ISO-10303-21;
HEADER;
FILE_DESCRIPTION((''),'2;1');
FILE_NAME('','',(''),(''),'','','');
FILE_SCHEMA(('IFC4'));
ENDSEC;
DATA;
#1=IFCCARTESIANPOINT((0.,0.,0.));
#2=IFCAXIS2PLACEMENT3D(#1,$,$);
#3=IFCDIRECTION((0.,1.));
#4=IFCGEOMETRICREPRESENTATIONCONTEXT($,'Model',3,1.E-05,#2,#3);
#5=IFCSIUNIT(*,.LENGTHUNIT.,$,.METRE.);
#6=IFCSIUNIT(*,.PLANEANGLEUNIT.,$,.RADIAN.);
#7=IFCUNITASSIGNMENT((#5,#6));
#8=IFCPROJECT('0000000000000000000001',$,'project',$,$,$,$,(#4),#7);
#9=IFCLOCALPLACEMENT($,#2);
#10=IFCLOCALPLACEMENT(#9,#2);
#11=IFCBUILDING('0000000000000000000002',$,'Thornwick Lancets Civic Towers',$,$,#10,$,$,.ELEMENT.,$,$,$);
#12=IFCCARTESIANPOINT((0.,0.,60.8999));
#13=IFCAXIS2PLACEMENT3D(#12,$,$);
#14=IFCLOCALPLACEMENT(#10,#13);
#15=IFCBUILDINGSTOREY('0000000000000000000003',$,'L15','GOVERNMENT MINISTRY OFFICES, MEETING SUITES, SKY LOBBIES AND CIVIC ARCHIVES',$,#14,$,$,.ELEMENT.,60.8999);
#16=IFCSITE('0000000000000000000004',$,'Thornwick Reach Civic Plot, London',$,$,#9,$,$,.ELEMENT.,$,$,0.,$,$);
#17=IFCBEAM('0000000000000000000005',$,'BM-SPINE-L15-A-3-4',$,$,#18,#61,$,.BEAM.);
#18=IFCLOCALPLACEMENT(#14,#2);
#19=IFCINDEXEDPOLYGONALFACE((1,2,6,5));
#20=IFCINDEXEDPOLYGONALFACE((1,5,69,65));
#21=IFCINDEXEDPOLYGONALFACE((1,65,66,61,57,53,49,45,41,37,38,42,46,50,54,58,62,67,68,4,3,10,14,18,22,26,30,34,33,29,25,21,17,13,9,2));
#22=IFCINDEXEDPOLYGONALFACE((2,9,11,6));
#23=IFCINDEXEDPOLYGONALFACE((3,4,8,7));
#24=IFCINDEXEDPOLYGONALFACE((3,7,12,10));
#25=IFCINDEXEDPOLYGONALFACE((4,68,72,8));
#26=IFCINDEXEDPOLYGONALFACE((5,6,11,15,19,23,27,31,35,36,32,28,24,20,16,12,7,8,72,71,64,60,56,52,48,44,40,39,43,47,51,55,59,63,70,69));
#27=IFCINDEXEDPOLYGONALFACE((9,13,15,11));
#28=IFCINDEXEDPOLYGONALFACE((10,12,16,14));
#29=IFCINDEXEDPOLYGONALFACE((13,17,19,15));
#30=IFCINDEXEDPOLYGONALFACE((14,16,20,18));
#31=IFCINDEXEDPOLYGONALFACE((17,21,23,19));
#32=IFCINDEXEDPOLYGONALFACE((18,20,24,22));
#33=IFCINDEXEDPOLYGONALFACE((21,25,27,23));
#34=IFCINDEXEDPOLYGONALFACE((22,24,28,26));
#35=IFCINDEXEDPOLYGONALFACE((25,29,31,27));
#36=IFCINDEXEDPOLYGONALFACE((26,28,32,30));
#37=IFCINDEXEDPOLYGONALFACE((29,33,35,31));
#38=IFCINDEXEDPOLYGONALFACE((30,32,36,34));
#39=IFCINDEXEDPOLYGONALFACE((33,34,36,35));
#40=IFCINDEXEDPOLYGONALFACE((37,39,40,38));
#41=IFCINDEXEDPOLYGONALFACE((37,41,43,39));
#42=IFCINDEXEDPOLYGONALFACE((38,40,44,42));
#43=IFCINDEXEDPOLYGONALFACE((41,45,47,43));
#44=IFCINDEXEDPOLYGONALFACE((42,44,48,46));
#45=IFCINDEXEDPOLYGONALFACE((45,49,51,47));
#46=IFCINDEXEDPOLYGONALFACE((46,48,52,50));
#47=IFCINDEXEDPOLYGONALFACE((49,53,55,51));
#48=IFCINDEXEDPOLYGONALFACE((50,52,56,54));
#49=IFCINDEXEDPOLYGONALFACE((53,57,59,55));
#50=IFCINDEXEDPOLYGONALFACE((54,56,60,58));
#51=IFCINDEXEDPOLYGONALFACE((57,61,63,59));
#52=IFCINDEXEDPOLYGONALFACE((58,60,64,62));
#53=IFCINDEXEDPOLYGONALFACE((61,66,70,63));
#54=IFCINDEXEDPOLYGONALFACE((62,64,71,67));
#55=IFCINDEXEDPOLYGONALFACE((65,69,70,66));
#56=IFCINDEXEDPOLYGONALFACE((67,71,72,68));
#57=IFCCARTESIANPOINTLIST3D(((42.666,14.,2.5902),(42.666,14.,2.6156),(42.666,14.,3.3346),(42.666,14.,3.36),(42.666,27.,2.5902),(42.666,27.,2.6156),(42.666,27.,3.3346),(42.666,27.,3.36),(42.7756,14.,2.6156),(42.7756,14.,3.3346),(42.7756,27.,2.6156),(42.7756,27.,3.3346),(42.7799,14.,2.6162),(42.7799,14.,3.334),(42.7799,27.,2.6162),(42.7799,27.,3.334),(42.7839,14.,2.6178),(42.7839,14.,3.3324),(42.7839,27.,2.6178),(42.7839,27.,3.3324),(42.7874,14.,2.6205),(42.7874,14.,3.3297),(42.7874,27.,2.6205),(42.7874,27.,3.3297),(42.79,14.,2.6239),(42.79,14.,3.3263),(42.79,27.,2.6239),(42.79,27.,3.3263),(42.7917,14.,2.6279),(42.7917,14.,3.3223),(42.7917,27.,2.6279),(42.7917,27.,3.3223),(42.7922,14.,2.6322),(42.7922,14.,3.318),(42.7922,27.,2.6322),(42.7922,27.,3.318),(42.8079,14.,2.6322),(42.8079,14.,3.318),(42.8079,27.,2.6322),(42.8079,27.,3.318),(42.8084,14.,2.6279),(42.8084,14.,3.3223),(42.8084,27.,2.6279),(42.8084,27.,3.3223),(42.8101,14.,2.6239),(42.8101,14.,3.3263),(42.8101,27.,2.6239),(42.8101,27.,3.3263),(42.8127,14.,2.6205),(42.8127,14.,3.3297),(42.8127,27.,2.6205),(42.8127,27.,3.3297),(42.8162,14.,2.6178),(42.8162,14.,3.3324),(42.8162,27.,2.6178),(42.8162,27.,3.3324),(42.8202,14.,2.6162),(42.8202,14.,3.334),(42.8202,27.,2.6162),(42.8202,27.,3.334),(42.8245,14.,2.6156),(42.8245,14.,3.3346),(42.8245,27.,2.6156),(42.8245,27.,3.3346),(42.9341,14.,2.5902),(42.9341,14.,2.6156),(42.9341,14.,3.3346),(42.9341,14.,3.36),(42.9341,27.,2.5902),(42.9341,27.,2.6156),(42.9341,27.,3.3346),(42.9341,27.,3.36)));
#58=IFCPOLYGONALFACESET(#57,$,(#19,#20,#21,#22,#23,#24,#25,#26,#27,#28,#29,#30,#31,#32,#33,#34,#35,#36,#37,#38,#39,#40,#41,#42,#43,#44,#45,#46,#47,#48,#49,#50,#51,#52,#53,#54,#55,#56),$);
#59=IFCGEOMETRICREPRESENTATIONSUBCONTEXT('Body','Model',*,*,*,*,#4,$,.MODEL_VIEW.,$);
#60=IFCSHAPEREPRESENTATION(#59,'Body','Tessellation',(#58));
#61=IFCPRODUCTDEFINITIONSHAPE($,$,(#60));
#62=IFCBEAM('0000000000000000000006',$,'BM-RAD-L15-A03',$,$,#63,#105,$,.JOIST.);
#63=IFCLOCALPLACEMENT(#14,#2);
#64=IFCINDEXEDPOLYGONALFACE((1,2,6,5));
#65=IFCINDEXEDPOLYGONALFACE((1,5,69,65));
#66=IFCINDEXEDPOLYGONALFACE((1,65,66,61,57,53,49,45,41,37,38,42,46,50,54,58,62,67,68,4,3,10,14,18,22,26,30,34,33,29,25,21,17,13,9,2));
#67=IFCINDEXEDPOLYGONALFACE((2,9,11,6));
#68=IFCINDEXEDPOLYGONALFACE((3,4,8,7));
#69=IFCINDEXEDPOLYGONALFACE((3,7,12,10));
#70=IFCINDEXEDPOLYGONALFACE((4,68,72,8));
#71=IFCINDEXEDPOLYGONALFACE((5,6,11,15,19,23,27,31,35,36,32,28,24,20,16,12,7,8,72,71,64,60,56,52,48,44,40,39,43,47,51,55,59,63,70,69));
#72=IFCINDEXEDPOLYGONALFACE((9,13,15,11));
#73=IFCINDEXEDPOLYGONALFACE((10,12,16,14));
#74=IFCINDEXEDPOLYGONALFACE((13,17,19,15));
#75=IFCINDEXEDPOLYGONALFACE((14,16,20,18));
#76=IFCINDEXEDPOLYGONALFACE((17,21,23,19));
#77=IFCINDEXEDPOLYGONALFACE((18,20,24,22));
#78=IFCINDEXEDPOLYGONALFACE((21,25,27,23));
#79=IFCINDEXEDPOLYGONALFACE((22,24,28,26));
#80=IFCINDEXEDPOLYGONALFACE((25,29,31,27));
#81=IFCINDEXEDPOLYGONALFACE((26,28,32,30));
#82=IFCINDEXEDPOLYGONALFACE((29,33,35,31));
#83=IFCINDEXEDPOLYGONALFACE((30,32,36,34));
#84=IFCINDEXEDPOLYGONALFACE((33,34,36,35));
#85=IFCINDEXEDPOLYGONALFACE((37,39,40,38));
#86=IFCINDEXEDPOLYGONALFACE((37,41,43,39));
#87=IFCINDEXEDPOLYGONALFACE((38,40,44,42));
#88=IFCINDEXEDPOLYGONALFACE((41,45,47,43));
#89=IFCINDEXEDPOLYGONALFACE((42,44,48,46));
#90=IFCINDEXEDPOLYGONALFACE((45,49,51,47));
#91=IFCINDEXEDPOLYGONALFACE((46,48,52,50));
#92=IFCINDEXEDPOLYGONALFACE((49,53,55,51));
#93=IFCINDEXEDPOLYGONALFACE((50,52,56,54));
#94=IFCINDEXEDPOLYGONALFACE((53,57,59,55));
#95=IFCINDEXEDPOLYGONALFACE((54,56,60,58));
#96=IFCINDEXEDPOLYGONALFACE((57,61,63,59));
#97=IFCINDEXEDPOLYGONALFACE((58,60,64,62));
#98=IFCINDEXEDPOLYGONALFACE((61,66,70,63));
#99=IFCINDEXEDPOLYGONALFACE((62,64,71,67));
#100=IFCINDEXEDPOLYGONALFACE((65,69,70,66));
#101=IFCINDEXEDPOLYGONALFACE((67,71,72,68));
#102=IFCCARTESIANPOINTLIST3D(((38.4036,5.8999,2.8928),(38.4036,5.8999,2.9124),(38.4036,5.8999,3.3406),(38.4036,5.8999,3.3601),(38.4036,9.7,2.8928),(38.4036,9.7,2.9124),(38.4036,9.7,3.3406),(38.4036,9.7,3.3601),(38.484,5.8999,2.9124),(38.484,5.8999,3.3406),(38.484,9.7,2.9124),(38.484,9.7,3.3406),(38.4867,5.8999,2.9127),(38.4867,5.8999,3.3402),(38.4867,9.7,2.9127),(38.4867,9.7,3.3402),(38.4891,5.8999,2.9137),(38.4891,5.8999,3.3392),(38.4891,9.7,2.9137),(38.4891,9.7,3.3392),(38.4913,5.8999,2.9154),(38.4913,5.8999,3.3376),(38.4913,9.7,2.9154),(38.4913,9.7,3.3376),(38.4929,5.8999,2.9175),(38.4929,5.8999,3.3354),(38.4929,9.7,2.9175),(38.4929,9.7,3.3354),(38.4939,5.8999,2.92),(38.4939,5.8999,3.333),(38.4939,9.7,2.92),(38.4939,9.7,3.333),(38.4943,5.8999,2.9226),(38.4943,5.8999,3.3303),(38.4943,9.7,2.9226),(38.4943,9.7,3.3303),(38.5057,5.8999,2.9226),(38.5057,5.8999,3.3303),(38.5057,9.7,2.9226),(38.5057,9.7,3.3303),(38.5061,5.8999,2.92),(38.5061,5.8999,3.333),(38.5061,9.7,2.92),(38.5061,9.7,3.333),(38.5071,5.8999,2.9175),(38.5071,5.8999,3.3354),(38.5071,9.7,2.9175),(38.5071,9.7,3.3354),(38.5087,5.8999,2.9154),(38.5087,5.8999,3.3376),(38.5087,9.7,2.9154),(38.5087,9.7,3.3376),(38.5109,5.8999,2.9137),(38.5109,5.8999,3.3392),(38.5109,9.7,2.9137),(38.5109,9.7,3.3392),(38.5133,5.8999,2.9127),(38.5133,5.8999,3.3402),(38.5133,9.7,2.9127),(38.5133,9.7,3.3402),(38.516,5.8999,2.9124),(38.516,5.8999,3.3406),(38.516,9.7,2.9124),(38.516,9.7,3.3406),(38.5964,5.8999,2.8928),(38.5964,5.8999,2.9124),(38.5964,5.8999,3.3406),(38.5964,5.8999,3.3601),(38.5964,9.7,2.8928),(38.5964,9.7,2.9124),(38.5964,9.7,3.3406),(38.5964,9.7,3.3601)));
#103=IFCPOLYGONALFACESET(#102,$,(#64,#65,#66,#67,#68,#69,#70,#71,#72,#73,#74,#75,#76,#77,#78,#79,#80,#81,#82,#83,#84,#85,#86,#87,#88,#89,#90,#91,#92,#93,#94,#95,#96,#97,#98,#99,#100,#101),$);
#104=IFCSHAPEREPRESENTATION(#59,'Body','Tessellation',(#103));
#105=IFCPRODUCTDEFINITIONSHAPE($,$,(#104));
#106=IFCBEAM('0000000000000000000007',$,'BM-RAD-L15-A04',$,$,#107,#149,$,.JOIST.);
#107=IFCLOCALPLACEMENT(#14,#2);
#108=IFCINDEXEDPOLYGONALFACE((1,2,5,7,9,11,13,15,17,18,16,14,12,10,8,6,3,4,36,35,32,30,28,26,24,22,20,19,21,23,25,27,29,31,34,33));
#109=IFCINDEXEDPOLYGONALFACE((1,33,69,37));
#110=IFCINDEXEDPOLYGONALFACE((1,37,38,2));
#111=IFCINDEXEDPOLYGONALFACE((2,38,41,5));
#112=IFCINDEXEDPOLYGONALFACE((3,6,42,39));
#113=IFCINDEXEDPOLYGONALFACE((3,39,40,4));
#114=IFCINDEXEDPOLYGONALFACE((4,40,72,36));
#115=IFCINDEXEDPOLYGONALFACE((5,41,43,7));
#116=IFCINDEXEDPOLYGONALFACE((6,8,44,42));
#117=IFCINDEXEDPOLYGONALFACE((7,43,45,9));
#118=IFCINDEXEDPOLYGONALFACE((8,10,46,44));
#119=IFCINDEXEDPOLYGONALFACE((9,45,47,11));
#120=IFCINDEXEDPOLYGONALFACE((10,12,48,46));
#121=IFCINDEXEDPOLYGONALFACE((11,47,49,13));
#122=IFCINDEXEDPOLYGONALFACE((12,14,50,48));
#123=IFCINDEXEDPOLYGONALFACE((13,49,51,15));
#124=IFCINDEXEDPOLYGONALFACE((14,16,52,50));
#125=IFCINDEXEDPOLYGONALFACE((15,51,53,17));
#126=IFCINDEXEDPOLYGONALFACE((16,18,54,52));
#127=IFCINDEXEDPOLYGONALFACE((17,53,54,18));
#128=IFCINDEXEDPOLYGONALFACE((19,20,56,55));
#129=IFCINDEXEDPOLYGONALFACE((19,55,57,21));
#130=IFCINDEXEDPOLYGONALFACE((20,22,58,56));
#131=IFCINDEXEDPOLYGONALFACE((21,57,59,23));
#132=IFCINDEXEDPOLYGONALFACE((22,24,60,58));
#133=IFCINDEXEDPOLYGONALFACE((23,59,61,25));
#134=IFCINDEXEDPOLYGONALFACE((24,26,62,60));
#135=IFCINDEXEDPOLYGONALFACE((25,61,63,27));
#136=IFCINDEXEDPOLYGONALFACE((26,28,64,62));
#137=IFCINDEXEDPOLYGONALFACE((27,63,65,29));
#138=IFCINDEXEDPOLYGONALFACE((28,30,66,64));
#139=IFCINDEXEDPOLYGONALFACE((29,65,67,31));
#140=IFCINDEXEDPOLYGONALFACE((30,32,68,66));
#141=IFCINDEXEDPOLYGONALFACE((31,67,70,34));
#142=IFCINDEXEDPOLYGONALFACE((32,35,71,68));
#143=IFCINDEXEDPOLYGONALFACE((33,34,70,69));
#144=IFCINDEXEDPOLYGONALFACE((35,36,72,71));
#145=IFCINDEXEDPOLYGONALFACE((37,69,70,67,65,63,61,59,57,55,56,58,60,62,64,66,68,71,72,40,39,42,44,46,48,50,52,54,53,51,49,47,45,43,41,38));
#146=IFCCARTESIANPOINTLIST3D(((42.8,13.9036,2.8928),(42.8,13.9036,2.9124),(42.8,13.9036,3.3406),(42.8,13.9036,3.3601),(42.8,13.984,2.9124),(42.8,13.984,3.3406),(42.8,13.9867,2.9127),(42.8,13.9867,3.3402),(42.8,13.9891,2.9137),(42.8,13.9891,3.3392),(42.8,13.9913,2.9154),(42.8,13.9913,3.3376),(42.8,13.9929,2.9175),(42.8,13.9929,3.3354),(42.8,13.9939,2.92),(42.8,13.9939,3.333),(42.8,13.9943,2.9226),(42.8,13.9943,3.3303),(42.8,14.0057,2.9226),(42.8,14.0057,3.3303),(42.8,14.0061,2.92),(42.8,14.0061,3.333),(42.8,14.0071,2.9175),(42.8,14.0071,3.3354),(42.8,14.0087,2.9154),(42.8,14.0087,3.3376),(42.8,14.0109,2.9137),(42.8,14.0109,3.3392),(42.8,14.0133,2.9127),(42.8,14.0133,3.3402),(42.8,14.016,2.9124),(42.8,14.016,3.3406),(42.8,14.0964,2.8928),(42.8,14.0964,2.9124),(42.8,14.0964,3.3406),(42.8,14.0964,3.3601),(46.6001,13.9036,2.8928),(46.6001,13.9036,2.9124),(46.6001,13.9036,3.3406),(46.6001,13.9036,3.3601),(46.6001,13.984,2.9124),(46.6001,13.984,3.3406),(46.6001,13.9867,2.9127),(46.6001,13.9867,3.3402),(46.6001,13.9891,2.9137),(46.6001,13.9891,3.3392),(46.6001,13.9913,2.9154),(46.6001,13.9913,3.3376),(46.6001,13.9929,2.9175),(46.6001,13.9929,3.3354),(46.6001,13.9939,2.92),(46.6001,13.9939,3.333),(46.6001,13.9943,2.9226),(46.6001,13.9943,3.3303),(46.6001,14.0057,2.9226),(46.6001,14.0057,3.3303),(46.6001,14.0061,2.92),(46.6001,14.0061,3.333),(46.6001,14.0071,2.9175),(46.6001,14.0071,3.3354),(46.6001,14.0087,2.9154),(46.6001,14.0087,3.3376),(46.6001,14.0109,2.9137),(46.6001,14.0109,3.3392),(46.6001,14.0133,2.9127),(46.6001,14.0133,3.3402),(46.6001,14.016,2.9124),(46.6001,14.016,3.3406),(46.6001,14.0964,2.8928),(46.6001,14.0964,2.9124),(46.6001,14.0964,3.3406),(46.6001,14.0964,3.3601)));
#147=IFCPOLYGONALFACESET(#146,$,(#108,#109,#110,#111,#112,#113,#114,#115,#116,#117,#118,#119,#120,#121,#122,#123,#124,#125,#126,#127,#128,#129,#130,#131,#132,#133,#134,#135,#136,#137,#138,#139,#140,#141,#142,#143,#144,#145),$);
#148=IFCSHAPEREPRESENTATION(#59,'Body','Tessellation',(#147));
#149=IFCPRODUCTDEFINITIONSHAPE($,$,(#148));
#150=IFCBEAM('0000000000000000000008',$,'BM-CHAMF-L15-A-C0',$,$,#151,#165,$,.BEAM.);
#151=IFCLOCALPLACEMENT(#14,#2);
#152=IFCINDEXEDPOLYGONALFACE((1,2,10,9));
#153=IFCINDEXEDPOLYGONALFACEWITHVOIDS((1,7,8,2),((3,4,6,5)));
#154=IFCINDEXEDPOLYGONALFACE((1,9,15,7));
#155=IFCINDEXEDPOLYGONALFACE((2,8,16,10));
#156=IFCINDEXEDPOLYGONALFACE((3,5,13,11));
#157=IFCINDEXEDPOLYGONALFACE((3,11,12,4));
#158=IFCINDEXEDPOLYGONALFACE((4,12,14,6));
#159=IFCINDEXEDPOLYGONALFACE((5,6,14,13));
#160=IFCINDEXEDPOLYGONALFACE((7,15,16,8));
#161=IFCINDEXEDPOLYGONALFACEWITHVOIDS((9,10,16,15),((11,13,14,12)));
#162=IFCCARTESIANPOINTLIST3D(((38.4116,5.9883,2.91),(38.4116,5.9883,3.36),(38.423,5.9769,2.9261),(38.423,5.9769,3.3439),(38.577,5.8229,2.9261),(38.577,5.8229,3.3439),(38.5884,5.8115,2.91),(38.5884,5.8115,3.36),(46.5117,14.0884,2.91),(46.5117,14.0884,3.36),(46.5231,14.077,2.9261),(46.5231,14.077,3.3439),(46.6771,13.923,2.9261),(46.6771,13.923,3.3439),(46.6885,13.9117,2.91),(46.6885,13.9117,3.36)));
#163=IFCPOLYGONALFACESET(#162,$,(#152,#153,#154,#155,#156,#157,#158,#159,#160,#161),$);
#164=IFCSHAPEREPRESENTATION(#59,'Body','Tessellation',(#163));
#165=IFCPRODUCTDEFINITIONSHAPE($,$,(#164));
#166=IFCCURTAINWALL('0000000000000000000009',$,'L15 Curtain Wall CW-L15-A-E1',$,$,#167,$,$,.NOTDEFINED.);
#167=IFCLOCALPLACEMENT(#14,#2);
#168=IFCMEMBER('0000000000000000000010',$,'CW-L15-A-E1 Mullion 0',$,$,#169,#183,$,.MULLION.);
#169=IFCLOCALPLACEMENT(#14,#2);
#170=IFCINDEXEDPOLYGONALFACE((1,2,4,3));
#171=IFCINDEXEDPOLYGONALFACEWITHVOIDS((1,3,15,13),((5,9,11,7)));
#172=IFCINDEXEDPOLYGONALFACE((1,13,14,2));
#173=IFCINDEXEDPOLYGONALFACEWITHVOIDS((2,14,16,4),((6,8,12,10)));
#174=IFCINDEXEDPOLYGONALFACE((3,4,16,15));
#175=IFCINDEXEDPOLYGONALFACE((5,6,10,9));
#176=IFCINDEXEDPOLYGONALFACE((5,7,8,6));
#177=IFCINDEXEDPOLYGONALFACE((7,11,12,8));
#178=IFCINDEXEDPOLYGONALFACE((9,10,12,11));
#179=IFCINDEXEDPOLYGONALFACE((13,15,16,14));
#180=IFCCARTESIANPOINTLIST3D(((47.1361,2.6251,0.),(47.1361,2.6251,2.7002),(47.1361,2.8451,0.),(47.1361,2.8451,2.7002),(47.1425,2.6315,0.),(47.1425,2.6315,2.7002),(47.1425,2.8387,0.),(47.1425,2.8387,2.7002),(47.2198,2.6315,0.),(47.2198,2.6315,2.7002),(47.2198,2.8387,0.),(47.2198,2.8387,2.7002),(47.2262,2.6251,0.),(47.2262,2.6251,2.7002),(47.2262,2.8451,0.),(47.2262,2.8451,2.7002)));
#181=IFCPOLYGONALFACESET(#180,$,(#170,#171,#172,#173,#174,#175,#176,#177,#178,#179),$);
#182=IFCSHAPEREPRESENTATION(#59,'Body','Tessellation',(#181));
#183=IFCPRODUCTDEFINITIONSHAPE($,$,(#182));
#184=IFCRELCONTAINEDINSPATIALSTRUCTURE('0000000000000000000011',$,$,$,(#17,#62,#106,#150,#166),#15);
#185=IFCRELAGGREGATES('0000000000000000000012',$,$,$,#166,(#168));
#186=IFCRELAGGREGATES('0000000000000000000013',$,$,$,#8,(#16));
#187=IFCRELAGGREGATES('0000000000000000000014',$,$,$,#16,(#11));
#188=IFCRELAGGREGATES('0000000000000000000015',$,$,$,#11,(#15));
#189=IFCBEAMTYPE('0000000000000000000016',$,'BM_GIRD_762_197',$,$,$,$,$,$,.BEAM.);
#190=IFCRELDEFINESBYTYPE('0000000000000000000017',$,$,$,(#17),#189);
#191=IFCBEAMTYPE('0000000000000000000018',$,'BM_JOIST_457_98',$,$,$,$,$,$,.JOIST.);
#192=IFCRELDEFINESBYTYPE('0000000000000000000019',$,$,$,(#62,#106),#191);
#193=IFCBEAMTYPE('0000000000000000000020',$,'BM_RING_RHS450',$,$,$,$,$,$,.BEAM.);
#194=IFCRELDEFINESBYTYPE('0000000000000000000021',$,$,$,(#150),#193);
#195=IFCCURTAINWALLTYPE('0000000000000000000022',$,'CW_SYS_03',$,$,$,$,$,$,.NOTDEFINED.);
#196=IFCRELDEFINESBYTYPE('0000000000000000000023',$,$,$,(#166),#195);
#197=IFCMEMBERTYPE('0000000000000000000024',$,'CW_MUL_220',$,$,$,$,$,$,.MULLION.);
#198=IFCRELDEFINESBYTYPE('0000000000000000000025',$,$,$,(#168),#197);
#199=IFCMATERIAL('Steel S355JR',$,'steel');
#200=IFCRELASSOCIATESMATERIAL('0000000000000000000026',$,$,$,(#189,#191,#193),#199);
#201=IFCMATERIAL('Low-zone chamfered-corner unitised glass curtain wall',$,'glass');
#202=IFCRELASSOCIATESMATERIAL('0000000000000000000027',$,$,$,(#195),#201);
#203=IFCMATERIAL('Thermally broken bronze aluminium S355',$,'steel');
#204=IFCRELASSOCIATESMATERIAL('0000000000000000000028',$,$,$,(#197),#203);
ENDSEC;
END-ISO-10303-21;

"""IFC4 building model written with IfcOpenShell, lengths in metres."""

from ifc_helpers import new_model, si_unit, direction, frame, origin, origin_2d, place, context, subcontext, project, spatial, hollow_rectangle, i_section, extrude, material, material_profile, profile_set, type_object, element, aggregate, save


model = new_model("IFC4")

# Units and contexts
model_context = context("Model", 3, precision=1e-05, world=origin(), true_north=direction((0.0, 1.0)))
body_context = subcontext(model_context, "Body", "Model", "MODEL_VIEW")
ifc_project = project(units=[si_unit("LENGTHUNIT", "METRE"), si_unit("PLANEANGLEUNIT", "RADIAN")], contexts=[model_context])

# Site, building, storey
site_placement = place(None, origin())
site = spatial("IfcSite", under=ifc_project, at=site_placement, Name="Thornwick Reach Civic Plot, London", CompositionType="ELEMENT", RefElevation=0.0)
building_placement = place(site_placement, origin())
building = spatial("IfcBuilding", under=site, at=building_placement, Name="Thornwick Lancets Civic Towers", CompositionType="ELEMENT")
storey_placement = place(building_placement, frame((0.0, 0.0, 60.8999)))
storey = spatial("IfcBuildingStorey", under=building, at=storey_placement, Name="L15", Description="GOVERNMENT MINISTRY OFFICES, MEETING SUITES, SKY LOBBIES AND CIVIC ARCHIVES", CompositionType="ELEMENT", Elevation=60.8999)

# Beams
ifc_material_1 = material(Name="Steel S355JR", Category="steel")
ifc_material_profile_1 = material_profile(ifc_material_1, i_section(OverallWidth=0.2681, OverallDepth=0.7698, WebThickness=0.0156, FlangeThickness=0.0254, FilletRadius=0.0166, at=origin_2d()), Name="UKB 762x267x197")
ifc_profile_set_1 = profile_set([ifc_material_profile_1], Name="Steel S355JR")
beam_type_1 = type_object("IfcBeamType", Name="BM_GIRD_762_197", PredefinedType="BEAM", material=ifc_profile_set_1)
beam_1_placement = place(storey_placement, frame((42.8, 14.0, 2.9751), z_axis=(0.0, 1.0, 0.0), x_axis=(-1.0, 0.0, 0.0)))
element("IfcBeam", 1, at=beam_1_placement, inside=storey, type_object=beam_type_1, Name="BM-SPINE-L15-A-3-4", PredefinedType="BEAM", context=body_context, shape_type="SweptSolid", body=[
    extrude(i_section(OverallWidth=0.2681, OverallDepth=0.7698, WebThickness=0.0156, FlangeThickness=0.0254, FilletRadius=0.0166, at=origin_2d()), origin(), (0.0, 0.0, 1.0), 13.0),
])
ifc_material_profile_2 = material_profile(ifc_material_1, i_section(OverallWidth=0.1929, OverallDepth=0.4673, WebThickness=0.0115, FlangeThickness=0.0195, FilletRadius=0.0103, at=origin_2d()), Name="UKB 457x191x98")
ifc_profile_set_2 = profile_set([ifc_material_profile_2], Name="Steel S355JR")
beam_type_2 = type_object("IfcBeamType", Name="BM_JOIST_457_98", PredefinedType="JOIST", material=ifc_profile_set_2)
for number, where, z_axis, x_axis, name in (
    (2, (38.5, 9.7, 3.1265), (0.0, -1.0, 0.0), (1.0, 0.0, 0.0), "BM-RAD-L15-A03"),
    (3, (42.8, 14.0, 3.1265), (1.0, 0.0, 0.0), (0.0, 1.0, 0.0), "BM-RAD-L15-A04"),
):
    element("IfcBeam", number, at=place(storey_placement, frame(where, z_axis=z_axis, x_axis=x_axis)), inside=storey, type_object=beam_type_2, Name=name, PredefinedType="JOIST", context=body_context, shape_type="SweptSolid", body=[
        extrude(i_section(OverallWidth=0.1929, OverallDepth=0.4673, WebThickness=0.0115, FlangeThickness=0.0195, FilletRadius=0.0103, at=origin_2d()), origin(), (0.0, 0.0, 1.0), 3.8),
    ])
ifc_material_profile_3 = material_profile(ifc_material_1, hollow_rectangle(XDim=0.25, YDim=0.45, WallThickness=0.0161, at=origin_2d()), Name="RHS 450x250x16")
ifc_profile_set_3 = profile_set([ifc_material_profile_3], Name="Steel S355JR")
beam_type_3 = type_object("IfcBeamType", Name="BM_RING_RHS450", PredefinedType="BEAM", material=ifc_profile_set_3)
beam_2_placement = place(storey_placement, frame((38.5, 5.8999, 3.135), z_axis=(0.707107, 0.707107, 0.0), x_axis=(-0.707107, 0.707107, 0.0)))
element("IfcBeam", 4, at=beam_2_placement, inside=storey, type_object=beam_type_3, Name="BM-CHAMF-L15-A-C0", PredefinedType="BEAM", context=body_context, shape_type="SweptSolid", body=[
    extrude(hollow_rectangle(XDim=0.25, YDim=0.45, WallThickness=0.0161, at=origin_2d()), origin(), (0.0, 0.0, 1.0), 11.4553),
])

# Curtain wall, member
ifc_material_2 = material(Name="Low-zone chamfered-corner unitised glass curtain wall", Category="glass")
curtain_wall_type = type_object("IfcCurtainWallType", Name="CW_SYS_03", PredefinedType="NOTDEFINED", material=ifc_material_2)
curtain_wall_placement = place(storey_placement, origin())
curtain_wall = element("IfcCurtainWall", 5, at=curtain_wall_placement, inside=storey, type_object=curtain_wall_type, Name="L15 Curtain Wall CW-L15-A-E1", PredefinedType="NOTDEFINED")
ifc_material_3 = material(Name="Thermally broken bronze aluminium S355", Category="steel")
ifc_material_profile_4 = material_profile(ifc_material_3, hollow_rectangle(XDim=0.0901, YDim=0.22, WallThickness=0.0063, at=origin_2d()), Name="RHS 220x90x6.3")
ifc_profile_set_4 = profile_set([ifc_material_profile_4], Name="Thermally broken bronze aluminium S355")
member_type_1 = type_object("IfcMemberType", Name="CW_MUL_220", PredefinedType="MULLION", material=ifc_profile_set_4)
member_1_placement = place(storey_placement, frame((47.1812, 2.7351, 0.0), z_axis=(0.0, 0.0, 1.0), x_axis=(1.0, 0.0, 0.0)))
member_1 = element("IfcMember", 6, at=member_1_placement, type_object=member_type_1, Name="CW-L15-A-E1 Mullion 0", PredefinedType="MULLION", context=body_context, shape_type="SweptSolid", body=[
    extrude(hollow_rectangle(XDim=0.0901, YDim=0.22, WallThickness=0.0063, at=origin_2d()), origin(), (0.0, 0.0, 1.0), 2.7002),
])
aggregate(curtain_wall, [member_1])

save(model, "model.ifc")
